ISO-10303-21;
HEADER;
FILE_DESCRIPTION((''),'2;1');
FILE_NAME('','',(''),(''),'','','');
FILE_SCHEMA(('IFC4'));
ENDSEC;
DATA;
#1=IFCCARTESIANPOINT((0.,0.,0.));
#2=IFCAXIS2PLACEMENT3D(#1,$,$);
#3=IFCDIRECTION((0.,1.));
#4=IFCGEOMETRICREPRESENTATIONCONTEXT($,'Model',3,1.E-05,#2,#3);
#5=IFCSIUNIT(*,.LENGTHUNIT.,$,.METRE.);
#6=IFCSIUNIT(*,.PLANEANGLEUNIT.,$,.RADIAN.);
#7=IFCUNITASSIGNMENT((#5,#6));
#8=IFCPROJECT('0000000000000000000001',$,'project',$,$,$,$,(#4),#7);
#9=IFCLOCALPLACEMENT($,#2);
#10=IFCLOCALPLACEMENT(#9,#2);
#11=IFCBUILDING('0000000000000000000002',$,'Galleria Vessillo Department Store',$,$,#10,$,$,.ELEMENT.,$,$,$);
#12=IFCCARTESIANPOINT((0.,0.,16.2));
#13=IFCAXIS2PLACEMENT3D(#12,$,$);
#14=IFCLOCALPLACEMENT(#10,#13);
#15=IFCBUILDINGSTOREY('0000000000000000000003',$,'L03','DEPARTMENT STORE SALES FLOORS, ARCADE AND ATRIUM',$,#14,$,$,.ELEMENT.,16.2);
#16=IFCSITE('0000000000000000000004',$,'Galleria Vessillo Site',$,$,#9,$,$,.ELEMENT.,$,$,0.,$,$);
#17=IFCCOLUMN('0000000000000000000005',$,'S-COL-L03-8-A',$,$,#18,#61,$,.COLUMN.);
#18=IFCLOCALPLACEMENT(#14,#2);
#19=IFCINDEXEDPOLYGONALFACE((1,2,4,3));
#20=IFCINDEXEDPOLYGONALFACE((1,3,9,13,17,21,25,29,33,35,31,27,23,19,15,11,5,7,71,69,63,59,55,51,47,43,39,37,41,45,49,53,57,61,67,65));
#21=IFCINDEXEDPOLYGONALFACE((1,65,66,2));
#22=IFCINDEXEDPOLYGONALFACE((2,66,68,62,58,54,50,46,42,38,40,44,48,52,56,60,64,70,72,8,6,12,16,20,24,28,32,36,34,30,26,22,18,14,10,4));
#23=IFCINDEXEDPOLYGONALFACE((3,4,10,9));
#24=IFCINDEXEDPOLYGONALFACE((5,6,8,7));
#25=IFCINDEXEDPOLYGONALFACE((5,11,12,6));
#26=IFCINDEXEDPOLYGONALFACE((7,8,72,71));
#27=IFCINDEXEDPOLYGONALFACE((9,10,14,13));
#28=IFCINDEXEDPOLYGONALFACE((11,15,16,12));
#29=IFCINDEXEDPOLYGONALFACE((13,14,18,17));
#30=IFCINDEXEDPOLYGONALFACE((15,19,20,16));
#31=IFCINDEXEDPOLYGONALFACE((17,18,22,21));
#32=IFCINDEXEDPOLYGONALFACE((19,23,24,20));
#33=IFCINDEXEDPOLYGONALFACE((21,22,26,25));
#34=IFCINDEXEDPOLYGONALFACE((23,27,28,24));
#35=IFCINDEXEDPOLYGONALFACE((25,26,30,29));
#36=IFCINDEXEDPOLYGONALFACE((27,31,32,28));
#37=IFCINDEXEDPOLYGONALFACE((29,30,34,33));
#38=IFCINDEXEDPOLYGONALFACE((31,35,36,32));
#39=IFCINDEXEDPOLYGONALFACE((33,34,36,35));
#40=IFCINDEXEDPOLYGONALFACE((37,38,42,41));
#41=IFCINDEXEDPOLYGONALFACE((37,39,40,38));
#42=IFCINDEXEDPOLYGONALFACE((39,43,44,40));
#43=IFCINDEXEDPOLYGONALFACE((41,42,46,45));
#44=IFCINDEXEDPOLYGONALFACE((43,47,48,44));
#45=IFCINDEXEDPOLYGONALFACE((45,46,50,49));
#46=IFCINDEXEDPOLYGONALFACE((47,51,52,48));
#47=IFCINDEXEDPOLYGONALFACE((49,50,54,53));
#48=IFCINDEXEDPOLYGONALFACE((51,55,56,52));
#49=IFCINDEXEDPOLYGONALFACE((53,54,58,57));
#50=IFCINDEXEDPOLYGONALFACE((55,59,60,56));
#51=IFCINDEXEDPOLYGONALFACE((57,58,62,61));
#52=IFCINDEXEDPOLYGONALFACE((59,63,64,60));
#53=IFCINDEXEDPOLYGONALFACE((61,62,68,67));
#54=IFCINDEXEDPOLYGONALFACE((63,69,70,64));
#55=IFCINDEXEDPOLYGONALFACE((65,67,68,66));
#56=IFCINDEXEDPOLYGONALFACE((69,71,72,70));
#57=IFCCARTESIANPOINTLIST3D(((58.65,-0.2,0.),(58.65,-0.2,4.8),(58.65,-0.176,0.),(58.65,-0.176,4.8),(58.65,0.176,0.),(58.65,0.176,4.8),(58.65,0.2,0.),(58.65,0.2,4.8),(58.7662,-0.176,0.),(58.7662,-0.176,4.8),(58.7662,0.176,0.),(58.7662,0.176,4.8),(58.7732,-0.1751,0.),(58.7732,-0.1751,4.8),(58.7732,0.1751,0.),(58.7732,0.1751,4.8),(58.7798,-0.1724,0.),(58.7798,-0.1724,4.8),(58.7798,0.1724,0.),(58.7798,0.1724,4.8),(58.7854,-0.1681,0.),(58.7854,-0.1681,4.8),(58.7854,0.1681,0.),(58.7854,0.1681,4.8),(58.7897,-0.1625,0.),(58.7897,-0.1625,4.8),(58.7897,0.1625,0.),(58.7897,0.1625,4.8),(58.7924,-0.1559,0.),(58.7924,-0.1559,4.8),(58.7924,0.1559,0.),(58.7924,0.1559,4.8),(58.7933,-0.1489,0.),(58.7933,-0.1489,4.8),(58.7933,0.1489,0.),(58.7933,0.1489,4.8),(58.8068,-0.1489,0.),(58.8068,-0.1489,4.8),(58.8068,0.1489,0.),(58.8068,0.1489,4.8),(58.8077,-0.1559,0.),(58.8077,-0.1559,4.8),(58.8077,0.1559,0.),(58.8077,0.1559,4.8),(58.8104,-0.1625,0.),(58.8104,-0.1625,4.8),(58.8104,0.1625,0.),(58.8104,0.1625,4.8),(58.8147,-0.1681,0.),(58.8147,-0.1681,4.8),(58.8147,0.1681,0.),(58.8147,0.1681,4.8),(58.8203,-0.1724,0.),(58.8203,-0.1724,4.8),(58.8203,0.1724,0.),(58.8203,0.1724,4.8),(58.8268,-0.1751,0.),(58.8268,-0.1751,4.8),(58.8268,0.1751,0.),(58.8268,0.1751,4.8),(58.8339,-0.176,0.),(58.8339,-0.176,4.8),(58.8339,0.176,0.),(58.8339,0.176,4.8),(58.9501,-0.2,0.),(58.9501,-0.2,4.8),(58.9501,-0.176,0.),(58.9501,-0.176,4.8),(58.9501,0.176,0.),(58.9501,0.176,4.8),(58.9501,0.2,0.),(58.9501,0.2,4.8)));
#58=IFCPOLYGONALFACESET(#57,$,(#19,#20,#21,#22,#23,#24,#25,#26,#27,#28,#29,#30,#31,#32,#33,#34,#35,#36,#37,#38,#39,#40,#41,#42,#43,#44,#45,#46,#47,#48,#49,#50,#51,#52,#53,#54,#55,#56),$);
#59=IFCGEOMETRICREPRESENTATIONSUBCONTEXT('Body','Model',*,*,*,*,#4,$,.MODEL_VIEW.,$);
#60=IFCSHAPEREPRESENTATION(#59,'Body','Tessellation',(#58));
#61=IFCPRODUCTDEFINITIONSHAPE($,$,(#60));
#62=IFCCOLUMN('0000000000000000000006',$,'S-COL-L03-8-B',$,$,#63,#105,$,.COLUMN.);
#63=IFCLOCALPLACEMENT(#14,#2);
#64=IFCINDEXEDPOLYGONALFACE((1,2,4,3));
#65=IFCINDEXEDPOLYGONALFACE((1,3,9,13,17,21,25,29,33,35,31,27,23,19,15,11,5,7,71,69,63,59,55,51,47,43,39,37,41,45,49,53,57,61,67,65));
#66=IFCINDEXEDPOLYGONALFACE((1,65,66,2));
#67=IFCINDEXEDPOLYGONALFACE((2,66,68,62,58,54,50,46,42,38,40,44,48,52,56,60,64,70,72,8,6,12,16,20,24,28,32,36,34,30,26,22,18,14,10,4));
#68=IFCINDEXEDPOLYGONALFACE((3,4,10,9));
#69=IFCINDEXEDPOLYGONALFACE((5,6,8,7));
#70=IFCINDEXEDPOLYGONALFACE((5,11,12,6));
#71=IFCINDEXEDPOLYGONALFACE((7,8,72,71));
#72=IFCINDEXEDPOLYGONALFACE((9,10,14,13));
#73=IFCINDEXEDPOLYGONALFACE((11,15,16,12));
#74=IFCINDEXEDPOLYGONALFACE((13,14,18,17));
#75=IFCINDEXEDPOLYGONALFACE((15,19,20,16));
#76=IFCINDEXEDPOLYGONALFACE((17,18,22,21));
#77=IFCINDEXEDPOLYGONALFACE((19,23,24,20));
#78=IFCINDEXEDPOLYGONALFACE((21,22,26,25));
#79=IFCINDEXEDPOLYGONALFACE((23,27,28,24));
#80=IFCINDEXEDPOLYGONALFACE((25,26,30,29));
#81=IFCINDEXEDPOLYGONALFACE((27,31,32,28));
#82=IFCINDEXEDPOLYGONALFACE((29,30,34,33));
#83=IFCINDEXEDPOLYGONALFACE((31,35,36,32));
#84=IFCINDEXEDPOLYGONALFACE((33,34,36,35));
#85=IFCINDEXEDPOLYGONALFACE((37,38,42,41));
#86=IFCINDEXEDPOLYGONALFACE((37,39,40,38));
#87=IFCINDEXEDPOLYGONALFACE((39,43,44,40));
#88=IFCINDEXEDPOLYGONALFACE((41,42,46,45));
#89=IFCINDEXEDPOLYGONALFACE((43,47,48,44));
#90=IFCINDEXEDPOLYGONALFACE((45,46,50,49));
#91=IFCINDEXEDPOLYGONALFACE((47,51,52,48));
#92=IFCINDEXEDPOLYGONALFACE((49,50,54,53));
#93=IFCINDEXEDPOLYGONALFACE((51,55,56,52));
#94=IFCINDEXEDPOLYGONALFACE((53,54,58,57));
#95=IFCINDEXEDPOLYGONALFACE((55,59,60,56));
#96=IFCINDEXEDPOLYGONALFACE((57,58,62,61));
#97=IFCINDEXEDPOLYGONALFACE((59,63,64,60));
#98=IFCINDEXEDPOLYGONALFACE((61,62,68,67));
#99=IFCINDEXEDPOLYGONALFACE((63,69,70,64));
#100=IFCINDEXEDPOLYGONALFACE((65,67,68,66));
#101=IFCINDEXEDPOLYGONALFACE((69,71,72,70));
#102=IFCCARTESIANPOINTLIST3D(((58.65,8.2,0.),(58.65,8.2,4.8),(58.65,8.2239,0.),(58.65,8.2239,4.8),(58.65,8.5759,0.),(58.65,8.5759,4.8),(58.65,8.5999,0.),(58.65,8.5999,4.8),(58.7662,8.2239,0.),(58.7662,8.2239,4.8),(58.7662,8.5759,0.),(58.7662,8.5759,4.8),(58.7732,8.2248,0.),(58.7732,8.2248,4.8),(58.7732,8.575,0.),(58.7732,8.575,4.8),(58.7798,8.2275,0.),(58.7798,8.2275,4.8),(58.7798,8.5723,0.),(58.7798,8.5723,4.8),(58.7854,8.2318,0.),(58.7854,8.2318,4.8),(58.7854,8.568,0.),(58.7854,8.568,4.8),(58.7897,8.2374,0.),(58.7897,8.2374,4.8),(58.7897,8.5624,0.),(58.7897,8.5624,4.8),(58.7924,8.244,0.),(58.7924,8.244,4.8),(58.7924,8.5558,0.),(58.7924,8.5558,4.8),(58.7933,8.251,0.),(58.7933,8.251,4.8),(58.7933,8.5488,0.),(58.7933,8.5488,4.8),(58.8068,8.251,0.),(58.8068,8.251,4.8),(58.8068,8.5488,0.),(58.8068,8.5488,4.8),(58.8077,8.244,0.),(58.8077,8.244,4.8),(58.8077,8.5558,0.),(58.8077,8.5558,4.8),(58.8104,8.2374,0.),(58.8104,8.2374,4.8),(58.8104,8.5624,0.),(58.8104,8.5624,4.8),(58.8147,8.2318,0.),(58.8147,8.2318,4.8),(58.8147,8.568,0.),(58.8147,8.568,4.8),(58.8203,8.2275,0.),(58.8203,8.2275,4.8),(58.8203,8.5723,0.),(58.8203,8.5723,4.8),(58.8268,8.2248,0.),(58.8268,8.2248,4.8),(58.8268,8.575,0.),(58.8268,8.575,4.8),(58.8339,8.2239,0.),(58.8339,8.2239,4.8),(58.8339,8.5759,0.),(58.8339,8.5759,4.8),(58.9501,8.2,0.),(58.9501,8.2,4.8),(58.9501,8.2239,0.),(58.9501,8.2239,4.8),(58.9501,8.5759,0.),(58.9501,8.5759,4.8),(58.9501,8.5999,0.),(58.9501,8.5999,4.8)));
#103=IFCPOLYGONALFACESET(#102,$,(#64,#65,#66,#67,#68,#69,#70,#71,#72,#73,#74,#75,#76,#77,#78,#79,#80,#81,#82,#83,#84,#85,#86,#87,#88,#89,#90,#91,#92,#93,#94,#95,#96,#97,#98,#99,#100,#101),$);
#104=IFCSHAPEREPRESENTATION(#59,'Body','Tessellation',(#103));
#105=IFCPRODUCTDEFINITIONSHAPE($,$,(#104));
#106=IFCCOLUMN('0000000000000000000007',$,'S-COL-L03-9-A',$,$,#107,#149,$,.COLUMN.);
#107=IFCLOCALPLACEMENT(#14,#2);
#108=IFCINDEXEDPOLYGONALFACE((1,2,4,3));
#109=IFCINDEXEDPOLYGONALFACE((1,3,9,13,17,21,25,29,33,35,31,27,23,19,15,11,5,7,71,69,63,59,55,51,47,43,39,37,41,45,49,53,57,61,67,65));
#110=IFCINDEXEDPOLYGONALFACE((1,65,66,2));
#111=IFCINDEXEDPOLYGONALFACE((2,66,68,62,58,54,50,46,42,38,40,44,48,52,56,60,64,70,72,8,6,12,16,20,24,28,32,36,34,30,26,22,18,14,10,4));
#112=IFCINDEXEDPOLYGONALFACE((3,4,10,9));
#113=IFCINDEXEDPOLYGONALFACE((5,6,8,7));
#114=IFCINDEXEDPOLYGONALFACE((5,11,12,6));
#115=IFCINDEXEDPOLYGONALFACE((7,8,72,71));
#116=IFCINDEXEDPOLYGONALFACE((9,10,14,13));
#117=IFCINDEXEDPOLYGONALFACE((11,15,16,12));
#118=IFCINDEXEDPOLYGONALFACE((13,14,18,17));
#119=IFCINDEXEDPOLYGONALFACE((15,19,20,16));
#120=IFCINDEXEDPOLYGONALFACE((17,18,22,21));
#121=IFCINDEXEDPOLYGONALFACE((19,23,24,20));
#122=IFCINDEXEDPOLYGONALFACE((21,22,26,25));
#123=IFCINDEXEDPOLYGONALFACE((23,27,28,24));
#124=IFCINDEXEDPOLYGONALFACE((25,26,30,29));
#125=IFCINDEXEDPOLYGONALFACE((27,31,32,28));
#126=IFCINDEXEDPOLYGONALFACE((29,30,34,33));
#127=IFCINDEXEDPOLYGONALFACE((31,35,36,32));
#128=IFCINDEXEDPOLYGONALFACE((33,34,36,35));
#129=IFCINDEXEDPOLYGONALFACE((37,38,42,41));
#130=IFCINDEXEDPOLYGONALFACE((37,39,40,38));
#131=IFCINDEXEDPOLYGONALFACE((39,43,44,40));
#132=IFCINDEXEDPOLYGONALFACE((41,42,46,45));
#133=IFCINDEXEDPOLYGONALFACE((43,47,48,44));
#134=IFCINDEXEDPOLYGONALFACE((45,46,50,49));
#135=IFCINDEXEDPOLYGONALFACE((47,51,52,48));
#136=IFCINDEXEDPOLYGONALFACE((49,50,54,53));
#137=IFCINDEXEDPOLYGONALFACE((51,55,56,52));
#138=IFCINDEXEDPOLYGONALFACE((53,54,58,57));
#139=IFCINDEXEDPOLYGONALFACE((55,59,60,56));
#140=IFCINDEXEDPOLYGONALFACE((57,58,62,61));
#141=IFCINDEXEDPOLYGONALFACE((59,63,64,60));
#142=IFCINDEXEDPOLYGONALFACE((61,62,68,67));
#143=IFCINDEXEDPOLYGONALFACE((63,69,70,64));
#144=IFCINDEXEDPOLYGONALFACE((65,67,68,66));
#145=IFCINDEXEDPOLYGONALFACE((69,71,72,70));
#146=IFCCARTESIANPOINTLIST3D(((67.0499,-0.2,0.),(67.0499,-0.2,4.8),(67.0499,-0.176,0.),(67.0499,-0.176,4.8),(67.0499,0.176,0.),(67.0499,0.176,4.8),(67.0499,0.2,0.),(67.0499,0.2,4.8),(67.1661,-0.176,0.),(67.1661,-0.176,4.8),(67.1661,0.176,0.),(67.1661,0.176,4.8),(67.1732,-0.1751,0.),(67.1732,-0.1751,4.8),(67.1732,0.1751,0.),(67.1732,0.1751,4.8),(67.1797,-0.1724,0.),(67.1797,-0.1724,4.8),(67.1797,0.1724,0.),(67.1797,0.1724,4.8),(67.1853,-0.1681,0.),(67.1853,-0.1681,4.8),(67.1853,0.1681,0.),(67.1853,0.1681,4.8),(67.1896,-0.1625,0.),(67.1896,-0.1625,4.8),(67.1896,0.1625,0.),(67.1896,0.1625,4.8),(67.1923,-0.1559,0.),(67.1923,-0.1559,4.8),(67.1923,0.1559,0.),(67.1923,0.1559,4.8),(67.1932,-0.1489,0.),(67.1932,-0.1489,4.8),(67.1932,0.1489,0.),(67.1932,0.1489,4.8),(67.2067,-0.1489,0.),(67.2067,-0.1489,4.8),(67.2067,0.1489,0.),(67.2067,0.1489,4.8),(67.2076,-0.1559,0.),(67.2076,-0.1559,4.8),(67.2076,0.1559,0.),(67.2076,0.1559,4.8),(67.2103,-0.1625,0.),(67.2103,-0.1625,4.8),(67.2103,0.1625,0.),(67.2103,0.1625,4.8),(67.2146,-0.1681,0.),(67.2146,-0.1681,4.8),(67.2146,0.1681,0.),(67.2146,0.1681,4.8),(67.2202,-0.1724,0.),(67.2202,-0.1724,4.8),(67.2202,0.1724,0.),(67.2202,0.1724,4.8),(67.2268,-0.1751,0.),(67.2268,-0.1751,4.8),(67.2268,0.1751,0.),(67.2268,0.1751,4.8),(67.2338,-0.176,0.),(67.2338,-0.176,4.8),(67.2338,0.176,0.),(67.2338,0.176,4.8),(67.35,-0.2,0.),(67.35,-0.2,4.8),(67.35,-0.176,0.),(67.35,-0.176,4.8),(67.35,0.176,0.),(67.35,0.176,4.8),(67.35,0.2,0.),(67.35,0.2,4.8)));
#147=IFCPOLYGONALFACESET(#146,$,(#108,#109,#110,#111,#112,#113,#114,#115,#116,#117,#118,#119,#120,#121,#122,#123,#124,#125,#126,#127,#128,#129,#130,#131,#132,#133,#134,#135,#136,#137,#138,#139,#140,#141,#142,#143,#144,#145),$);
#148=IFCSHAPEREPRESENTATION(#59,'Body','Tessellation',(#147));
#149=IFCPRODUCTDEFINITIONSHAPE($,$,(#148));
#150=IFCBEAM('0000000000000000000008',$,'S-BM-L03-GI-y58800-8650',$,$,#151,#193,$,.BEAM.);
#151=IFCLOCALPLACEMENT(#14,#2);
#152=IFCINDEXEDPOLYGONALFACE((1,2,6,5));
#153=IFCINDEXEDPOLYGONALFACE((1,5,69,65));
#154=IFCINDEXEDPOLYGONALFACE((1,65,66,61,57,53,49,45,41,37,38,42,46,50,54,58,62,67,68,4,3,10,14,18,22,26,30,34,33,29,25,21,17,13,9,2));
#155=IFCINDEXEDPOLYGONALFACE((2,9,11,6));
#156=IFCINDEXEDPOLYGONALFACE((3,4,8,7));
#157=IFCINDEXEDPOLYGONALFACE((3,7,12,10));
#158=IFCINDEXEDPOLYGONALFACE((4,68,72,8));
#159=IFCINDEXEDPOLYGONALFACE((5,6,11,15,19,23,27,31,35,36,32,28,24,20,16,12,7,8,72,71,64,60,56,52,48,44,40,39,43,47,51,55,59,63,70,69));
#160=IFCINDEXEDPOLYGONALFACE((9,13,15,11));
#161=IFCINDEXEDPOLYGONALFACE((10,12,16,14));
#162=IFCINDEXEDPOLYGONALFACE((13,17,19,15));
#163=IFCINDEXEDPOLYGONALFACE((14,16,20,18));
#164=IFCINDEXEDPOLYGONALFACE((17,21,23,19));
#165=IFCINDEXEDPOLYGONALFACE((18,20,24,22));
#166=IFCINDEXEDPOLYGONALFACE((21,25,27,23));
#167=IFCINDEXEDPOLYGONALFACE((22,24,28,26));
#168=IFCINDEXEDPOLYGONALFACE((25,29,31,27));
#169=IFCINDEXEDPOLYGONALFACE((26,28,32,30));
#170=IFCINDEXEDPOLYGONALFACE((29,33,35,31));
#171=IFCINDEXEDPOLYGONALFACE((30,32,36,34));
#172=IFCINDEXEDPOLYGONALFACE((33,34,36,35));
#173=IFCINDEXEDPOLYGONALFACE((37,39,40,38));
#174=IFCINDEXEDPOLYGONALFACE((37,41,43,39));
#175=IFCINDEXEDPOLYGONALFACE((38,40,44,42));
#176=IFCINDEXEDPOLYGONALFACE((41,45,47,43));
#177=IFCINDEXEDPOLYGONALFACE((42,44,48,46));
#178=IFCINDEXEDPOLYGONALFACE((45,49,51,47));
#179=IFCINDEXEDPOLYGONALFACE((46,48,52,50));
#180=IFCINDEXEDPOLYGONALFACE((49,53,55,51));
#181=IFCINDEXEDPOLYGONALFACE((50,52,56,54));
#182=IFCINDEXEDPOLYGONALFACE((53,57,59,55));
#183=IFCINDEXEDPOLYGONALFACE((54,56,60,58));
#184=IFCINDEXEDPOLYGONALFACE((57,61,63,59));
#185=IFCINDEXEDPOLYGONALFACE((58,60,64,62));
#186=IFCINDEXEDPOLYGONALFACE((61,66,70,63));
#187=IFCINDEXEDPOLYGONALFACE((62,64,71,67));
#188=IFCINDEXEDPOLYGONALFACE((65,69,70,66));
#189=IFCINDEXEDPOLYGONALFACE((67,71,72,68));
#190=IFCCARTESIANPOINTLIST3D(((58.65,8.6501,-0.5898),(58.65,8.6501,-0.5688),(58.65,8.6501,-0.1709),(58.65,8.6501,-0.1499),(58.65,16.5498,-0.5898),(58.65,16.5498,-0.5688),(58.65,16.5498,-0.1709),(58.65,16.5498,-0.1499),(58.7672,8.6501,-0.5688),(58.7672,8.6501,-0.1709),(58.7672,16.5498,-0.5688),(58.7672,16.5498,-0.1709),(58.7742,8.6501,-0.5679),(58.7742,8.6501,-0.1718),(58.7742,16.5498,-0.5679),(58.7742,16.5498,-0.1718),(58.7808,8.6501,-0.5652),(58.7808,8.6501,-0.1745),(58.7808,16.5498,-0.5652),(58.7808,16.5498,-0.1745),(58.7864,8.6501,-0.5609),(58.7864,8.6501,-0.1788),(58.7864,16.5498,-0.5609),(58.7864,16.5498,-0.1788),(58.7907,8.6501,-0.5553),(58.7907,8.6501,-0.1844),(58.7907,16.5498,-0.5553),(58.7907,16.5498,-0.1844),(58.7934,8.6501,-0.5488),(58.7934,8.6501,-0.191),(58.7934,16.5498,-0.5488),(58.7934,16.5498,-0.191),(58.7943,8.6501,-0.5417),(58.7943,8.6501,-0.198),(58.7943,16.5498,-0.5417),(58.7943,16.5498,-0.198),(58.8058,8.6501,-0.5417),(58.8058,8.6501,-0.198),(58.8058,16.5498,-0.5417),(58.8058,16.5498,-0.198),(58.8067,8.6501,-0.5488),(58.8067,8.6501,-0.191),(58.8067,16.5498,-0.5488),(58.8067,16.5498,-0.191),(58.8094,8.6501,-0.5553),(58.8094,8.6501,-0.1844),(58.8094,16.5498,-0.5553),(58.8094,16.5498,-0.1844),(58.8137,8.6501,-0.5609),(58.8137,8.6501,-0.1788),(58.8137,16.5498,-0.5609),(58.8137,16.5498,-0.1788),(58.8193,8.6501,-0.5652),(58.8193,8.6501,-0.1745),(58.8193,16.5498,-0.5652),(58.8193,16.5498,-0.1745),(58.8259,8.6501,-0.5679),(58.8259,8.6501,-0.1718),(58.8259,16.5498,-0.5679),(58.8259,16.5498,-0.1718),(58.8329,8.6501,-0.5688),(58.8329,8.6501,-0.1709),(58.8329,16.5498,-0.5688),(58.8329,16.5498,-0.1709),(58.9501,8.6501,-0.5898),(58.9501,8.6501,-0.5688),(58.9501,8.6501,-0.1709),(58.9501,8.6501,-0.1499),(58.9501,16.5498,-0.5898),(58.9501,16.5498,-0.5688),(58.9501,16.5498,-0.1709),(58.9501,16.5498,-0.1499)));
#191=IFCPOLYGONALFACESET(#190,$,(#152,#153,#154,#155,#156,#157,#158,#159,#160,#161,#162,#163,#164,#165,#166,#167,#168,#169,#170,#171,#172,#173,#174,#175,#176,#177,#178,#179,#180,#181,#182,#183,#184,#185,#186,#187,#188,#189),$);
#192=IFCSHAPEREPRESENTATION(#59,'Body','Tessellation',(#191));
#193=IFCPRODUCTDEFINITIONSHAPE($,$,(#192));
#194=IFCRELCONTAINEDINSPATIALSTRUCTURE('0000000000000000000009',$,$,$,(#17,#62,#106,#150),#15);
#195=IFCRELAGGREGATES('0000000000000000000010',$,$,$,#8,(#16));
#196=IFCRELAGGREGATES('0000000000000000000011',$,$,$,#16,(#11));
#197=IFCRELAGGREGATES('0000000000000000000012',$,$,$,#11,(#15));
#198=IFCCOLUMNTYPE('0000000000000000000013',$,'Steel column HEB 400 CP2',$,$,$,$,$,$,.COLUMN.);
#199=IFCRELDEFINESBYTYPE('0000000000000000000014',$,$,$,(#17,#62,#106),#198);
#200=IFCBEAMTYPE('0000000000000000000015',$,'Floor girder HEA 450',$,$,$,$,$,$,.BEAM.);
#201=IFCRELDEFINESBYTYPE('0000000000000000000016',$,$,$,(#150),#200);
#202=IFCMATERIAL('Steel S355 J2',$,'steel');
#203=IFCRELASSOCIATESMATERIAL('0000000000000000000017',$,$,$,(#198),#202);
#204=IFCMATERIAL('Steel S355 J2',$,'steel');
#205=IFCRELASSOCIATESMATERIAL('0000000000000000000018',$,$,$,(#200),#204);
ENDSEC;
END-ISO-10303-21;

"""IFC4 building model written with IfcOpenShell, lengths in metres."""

from ifc_helpers import new_model, si_unit, direction, frame, origin, origin_2d, place, context, subcontext, project, spatial, i_section, extrude, material, material_profile, profile_set, type_object, element, save


model = new_model("IFC4")

# Units and contexts
model_context = context("Model", 3, precision=1e-05, world=origin(), true_north=direction((0.0, 1.0)))
body_context = subcontext(model_context, "Body", "Model", "MODEL_VIEW")
ifc_project = project(units=[si_unit("LENGTHUNIT", "METRE"), si_unit("PLANEANGLEUNIT", "RADIAN")], contexts=[model_context])

# Site, building, storey
site_placement = place(None, origin())
site = spatial("IfcSite", under=ifc_project, at=site_placement, Name="Galleria Vessillo Site", CompositionType="ELEMENT", RefElevation=0.0)
building_placement = place(site_placement, origin())
building = spatial("IfcBuilding", under=site, at=building_placement, Name="Galleria Vessillo Department Store", CompositionType="ELEMENT")
storey_placement = place(building_placement, frame((0.0, 0.0, 16.2)))
storey = spatial("IfcBuildingStorey", under=building, at=storey_placement, Name="L03", Description="DEPARTMENT STORE SALES FLOORS, ARCADE AND ATRIUM", CompositionType="ELEMENT", Elevation=16.2)

# Columns
ifc_material_1 = material(Name="Steel S355 J2", Category="steel")
ifc_material_profile_1 = material_profile(ifc_material_1, i_section(OverallWidth=0.3, OverallDepth=0.3999, WebThickness=0.0134, FlangeThickness=0.0239, FilletRadius=0.0271, at=origin_2d()), Name="HEB 400")
ifc_profile_set_1 = profile_set([ifc_material_profile_1], Name="Steel S355 J2")
column_type = type_object("IfcColumnType", Name="Steel column HEB 400 CP2", PredefinedType="COLUMN", material=ifc_profile_set_1)
for number, where, z_axis, x_axis, name in (
    (1, (58.8, 0.0, 0.0), (0.0, 0.0, 1.0), (1.0, 0.0, 0.0), "S-COL-L03-8-A"),
    (2, (58.8, 8.3999, 0.0), (0.0, 0.0, 1.0), (1.0, 0.0, 0.0), "S-COL-L03-8-B"),
    (3, (67.2, 0.0, 0.0), (0.0, 0.0, 1.0), (1.0, 0.0, 0.0), "S-COL-L03-9-A"),
):
    element("IfcColumn", number, at=place(storey_placement, frame(where, z_axis=z_axis, x_axis=x_axis)), inside=storey, type_object=column_type, Name=name, PredefinedType="COLUMN", context=body_context, shape_type="SweptSolid", body=[
        extrude(i_section(OverallWidth=0.3, OverallDepth=0.3999, WebThickness=0.0134, FlangeThickness=0.0239, FilletRadius=0.0271, at=origin_2d()), origin(), (0.0, 0.0, 1.0), 4.8),
    ])

# Beam
ifc_material_2 = material(Name="Steel S355 J2", Category="steel")
ifc_material_profile_2 = material_profile(ifc_material_2, i_section(OverallWidth=0.3, OverallDepth=0.4399, WebThickness=0.0115, FlangeThickness=0.021, FilletRadius=0.0271, at=origin_2d()), Name="HEA 450")
ifc_profile_set_2 = profile_set([ifc_material_profile_2], Name="Steel S355 J2")
beam_type_1 = type_object("IfcBeamType", Name="Floor girder HEA 450", PredefinedType="BEAM", material=ifc_profile_set_2)
beam_1_placement = place(storey_placement, frame((58.8, 8.6501, -0.3699), z_axis=(0.0, 1.0, 0.0), x_axis=(-1.0, 0.0, 0.0)))
element("IfcBeam", 4, at=beam_1_placement, inside=storey, type_object=beam_type_1, Name="S-BM-L03-GI-y58800-8650", PredefinedType="BEAM", context=body_context, shape_type="SweptSolid", body=[
    extrude(i_section(OverallWidth=0.3, OverallDepth=0.4399, WebThickness=0.0115, FlangeThickness=0.021, FilletRadius=0.0271, at=origin_2d()), origin(), (0.0, 0.0, 1.0), 7.8997),
])

save(model, "model.ifc")
